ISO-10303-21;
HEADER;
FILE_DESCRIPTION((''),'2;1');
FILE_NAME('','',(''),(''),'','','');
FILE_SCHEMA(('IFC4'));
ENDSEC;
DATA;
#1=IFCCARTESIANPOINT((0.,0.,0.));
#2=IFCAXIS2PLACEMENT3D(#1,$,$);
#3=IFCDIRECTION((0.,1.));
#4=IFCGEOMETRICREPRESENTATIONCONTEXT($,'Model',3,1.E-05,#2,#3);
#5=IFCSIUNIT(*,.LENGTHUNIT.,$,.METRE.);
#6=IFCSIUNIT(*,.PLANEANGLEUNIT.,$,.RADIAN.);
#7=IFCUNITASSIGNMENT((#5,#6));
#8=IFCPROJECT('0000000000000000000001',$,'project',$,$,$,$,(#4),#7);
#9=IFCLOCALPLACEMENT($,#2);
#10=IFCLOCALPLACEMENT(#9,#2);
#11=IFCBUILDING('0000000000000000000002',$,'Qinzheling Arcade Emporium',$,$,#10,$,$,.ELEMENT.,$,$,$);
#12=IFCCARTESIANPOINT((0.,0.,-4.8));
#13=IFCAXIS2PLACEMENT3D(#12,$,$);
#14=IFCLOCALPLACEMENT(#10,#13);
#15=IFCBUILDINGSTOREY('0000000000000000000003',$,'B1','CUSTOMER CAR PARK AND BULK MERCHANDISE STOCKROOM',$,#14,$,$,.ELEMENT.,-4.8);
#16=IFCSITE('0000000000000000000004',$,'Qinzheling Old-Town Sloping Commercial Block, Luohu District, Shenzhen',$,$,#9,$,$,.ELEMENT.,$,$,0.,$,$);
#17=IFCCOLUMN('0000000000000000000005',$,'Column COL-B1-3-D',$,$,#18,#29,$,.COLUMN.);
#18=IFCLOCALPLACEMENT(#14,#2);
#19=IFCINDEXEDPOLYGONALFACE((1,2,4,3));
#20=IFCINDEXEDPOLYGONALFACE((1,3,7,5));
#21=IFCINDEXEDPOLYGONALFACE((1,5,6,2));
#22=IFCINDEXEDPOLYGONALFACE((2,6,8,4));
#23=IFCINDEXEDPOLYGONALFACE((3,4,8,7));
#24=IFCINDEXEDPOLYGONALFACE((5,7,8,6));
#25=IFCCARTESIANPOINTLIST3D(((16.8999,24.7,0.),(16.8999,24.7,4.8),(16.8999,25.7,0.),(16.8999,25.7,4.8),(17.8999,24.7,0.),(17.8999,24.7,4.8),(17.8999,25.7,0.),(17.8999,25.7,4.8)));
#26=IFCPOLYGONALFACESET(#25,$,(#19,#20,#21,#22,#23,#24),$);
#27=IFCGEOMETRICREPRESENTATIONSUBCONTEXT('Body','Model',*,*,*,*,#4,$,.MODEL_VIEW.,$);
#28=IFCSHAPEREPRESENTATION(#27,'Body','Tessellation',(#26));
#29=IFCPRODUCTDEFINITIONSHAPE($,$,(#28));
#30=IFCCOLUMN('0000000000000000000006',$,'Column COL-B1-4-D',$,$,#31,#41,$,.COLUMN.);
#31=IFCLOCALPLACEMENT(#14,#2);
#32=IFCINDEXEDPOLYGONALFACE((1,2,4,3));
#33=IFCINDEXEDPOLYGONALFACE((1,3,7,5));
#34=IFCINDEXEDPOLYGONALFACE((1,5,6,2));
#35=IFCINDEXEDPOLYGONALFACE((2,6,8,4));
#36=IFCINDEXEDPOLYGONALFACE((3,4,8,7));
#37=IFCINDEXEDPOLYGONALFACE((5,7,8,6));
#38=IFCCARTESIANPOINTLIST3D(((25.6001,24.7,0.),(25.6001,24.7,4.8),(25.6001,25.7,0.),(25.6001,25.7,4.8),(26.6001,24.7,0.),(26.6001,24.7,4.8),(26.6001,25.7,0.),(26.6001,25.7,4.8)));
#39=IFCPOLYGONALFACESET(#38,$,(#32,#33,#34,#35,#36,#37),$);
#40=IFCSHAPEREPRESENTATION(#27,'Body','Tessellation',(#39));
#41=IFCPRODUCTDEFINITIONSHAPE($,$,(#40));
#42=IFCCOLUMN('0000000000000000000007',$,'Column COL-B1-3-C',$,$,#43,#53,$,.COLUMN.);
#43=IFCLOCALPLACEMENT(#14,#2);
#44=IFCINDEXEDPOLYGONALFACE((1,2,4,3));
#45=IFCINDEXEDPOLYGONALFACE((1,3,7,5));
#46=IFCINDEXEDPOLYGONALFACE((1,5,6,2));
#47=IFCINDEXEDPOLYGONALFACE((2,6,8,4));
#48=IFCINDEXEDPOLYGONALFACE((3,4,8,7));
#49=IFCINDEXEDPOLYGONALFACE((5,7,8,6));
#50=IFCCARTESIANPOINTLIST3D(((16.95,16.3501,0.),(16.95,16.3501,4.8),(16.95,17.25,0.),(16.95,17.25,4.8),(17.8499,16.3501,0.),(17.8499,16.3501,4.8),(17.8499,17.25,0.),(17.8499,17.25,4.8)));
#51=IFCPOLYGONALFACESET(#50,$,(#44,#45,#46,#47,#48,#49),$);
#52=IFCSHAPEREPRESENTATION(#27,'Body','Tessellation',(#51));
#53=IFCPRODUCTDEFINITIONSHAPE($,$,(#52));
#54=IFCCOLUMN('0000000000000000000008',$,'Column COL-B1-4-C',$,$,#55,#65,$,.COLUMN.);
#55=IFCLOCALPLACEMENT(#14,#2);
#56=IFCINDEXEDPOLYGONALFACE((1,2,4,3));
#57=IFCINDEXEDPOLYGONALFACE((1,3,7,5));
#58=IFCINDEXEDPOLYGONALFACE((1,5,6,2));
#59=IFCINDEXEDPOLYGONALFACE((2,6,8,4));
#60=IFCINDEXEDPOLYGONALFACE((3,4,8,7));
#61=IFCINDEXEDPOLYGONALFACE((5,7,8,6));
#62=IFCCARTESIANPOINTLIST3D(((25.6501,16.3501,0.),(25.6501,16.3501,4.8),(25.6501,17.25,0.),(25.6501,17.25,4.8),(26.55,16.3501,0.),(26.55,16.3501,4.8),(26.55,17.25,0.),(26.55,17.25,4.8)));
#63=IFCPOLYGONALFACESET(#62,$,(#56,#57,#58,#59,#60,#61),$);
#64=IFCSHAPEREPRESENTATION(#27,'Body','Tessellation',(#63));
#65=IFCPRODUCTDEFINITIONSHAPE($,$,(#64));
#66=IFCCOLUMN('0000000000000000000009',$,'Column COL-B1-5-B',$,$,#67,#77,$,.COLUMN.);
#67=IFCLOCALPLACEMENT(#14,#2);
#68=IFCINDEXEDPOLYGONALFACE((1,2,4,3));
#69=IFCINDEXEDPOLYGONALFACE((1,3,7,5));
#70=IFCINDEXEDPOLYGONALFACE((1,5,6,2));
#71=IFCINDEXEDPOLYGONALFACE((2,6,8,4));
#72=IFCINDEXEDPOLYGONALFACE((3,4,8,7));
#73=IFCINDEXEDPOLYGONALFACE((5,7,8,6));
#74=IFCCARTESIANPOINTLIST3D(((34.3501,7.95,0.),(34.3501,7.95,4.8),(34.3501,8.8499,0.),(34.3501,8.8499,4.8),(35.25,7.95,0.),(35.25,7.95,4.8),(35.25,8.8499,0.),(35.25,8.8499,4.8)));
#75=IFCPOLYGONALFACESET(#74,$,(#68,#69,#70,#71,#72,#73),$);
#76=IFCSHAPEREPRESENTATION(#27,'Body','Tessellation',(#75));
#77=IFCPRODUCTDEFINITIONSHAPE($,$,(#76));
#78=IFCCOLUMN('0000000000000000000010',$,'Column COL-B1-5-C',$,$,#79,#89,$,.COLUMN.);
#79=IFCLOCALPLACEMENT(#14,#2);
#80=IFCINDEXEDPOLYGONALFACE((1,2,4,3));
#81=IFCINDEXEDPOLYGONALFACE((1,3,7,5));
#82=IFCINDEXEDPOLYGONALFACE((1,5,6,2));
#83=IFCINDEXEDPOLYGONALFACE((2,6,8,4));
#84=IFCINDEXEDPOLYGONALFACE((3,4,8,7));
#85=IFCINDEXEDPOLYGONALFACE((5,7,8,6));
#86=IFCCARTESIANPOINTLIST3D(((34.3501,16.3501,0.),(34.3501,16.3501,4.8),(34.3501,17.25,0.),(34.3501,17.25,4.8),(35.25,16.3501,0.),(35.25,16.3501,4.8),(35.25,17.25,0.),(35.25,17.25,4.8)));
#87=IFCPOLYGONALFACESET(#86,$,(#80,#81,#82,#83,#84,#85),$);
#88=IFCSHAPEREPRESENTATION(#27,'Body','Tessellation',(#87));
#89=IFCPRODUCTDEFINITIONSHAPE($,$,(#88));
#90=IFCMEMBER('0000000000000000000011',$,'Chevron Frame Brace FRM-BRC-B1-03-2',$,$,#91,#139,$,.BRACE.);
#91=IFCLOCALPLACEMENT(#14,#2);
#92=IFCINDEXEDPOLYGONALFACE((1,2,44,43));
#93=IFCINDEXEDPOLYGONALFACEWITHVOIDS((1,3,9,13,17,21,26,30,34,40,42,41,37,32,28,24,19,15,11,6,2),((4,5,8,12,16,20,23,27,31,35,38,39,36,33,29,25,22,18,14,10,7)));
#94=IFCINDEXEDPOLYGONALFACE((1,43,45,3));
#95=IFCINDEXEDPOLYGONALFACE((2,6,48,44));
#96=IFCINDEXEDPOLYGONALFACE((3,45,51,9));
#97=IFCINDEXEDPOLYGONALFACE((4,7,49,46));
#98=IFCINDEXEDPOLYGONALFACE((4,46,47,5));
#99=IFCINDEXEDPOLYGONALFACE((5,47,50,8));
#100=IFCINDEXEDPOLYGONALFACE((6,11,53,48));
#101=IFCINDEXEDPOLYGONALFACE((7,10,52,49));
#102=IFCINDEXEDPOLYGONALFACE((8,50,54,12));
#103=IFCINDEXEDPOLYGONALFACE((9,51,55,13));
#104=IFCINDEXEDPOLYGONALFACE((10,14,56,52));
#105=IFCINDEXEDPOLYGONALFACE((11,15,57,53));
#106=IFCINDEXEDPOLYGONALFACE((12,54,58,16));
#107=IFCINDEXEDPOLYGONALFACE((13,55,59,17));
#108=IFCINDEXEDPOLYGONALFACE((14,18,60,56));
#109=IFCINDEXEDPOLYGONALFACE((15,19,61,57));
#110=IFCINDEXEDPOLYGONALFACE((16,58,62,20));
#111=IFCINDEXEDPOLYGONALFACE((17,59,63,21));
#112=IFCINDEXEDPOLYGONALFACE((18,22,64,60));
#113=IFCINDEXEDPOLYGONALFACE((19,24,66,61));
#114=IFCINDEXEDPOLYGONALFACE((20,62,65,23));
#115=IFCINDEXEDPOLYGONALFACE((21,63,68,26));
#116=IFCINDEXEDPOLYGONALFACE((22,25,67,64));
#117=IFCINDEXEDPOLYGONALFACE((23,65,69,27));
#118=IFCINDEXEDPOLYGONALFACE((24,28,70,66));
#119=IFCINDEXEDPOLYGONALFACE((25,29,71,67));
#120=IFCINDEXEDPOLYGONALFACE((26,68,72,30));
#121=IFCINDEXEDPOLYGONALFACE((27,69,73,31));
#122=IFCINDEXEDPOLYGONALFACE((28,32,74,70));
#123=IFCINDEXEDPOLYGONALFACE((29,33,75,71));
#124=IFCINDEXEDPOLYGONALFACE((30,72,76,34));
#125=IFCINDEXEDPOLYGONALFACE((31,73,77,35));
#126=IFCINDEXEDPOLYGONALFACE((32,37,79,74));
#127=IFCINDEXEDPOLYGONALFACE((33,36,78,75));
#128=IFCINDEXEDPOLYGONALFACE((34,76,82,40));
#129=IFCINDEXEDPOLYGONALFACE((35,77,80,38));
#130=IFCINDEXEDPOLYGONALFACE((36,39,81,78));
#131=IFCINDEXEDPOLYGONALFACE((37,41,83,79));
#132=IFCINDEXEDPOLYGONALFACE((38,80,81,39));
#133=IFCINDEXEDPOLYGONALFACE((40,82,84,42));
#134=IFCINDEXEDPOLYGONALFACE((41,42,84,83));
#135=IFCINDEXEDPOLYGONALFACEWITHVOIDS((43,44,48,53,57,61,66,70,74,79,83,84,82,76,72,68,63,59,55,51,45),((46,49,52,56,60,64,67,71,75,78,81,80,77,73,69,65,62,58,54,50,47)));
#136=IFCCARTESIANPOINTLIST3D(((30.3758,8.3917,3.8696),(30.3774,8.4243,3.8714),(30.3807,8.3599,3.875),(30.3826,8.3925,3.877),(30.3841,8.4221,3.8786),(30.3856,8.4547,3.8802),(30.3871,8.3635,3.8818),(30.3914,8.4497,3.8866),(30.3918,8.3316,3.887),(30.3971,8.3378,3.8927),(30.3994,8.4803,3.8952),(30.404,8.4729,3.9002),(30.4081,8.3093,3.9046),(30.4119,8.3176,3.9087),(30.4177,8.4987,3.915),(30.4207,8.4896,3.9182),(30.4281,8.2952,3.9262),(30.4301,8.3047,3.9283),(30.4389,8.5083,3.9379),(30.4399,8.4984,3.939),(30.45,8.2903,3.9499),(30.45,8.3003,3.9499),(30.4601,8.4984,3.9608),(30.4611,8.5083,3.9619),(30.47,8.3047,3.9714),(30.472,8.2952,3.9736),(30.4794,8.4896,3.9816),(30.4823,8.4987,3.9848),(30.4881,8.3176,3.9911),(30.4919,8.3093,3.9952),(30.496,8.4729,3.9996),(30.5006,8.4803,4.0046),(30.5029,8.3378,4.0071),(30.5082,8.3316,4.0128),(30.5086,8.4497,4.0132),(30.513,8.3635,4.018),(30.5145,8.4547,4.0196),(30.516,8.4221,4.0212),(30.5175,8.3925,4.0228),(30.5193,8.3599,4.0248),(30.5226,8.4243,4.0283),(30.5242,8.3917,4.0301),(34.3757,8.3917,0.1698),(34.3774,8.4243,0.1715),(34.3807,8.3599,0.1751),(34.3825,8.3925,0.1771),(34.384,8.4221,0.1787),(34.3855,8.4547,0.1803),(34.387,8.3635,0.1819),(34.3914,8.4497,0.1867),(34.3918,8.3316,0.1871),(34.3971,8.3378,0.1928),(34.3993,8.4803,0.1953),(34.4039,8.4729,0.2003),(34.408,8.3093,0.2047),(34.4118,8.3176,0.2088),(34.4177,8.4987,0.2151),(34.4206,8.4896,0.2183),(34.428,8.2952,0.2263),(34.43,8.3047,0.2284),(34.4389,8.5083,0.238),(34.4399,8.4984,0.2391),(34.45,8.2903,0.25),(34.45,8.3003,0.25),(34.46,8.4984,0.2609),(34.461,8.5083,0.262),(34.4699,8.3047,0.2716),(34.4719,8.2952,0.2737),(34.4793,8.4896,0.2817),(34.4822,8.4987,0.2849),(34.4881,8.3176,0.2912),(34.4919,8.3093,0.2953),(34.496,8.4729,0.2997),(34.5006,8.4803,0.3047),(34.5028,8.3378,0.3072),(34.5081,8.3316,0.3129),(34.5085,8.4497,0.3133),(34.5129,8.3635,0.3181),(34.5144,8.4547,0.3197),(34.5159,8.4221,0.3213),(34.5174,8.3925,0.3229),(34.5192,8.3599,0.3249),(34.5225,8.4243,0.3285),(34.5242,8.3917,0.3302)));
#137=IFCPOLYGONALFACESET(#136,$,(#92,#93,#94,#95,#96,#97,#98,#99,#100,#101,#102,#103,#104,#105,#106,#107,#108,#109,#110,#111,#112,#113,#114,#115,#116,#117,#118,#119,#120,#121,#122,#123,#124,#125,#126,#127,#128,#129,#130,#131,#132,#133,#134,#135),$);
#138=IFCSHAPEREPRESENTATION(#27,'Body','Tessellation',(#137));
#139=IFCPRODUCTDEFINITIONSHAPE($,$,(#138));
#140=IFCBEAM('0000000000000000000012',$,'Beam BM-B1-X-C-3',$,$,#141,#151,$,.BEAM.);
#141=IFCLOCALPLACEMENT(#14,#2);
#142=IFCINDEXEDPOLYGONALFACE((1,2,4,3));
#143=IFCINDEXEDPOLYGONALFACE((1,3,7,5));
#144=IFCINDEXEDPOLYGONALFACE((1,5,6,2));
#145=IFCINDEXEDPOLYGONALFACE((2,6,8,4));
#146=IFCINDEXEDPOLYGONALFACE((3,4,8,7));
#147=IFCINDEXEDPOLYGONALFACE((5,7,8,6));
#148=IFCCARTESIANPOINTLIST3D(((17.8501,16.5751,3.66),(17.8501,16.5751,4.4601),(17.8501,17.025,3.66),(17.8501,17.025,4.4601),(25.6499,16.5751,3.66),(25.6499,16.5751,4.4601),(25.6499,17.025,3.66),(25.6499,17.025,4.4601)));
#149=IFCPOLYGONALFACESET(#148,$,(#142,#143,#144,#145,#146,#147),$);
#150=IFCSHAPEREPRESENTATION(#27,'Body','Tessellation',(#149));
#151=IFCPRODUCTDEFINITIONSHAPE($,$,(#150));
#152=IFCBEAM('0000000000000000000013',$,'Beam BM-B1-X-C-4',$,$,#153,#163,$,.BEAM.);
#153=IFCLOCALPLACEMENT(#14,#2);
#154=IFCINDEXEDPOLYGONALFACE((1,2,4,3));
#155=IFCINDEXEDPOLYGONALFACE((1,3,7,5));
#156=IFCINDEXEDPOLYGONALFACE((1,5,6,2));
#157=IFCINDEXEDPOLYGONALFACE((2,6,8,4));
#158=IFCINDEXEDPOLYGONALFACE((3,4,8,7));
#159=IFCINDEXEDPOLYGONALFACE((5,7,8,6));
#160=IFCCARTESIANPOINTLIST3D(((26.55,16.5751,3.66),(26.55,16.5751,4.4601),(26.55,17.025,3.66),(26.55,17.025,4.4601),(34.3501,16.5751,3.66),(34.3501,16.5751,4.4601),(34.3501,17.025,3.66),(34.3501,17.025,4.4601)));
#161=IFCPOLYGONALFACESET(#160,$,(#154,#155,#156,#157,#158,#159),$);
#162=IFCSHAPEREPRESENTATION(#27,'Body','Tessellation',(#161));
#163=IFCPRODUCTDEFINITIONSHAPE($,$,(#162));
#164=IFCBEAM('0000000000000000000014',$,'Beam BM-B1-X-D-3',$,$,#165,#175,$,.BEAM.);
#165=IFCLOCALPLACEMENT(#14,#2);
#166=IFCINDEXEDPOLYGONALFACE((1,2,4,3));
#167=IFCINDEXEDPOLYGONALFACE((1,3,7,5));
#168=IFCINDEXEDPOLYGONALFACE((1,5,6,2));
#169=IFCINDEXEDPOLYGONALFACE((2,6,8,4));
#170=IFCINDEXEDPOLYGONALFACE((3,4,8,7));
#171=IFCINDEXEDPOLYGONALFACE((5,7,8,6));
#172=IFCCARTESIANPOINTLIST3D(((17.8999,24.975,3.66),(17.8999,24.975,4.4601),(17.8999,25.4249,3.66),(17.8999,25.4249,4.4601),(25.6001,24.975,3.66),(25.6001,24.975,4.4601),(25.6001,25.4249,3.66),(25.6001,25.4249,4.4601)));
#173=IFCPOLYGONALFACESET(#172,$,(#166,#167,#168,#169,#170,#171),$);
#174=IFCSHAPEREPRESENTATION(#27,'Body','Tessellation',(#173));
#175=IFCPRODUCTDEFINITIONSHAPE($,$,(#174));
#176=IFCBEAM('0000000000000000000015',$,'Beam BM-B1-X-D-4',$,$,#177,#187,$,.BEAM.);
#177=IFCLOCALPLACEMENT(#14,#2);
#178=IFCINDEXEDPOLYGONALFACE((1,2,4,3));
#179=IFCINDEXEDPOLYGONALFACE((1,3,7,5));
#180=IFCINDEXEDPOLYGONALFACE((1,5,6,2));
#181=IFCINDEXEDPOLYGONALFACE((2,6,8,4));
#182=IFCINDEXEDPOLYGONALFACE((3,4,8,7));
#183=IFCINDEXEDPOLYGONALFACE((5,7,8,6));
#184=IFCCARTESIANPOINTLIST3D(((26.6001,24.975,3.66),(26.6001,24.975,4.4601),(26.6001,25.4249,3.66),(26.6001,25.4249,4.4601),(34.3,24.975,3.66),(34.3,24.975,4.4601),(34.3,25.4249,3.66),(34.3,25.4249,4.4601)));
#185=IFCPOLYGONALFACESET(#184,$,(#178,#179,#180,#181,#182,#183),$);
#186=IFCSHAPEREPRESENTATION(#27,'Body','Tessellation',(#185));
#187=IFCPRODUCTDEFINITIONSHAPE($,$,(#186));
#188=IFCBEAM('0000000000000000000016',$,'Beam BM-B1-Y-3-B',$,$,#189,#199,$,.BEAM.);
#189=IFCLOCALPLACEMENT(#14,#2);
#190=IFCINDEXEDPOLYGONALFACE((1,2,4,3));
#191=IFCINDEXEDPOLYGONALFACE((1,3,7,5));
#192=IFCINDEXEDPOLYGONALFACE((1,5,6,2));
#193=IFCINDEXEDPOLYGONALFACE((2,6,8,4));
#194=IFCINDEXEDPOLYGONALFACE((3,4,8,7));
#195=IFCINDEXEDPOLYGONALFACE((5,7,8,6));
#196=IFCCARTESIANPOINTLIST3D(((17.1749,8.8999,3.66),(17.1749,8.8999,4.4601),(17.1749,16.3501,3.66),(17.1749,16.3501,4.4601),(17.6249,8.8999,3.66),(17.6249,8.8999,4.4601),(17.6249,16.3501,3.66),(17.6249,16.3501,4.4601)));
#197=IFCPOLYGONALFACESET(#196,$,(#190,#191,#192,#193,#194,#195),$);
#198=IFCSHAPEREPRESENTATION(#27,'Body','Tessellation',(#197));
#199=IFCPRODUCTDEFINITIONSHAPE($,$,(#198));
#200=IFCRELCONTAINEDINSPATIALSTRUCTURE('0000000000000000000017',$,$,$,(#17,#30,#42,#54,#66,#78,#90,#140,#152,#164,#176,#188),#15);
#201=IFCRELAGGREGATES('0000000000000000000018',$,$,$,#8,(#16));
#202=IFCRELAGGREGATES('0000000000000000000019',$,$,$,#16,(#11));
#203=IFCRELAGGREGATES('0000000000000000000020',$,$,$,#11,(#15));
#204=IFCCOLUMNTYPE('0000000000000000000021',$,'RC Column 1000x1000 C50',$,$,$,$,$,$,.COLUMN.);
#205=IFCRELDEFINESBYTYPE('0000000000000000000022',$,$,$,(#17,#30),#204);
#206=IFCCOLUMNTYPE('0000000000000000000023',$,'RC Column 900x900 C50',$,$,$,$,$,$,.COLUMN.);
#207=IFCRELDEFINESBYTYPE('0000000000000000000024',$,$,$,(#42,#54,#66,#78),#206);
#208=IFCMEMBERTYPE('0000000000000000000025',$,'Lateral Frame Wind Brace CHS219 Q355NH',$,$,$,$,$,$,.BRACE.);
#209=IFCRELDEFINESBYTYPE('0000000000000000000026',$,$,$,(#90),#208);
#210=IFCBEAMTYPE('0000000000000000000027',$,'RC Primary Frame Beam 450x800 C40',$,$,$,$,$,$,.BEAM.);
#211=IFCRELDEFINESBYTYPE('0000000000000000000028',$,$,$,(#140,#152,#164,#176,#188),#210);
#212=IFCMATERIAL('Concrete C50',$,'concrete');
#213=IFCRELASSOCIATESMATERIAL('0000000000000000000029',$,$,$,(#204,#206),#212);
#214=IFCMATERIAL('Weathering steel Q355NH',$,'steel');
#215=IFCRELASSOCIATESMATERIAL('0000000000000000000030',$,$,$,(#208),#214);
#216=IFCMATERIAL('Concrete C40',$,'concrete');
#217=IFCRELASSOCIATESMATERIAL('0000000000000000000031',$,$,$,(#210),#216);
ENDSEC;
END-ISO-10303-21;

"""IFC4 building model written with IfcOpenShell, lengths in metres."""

from ifc_helpers import new_model, si_unit, direction, frame, origin, origin_2d, place, context, subcontext, project, spatial, rectangle, hollow_circle, extrude, material, material_profile, profile_set, type_object, element, save


model = new_model("IFC4")

# Units and contexts
model_context = context("Model", 3, precision=1e-05, world=origin(), true_north=direction((0.0, 1.0)))
body_context = subcontext(model_context, "Body", "Model", "MODEL_VIEW")
ifc_project = project(units=[si_unit("LENGTHUNIT", "METRE"), si_unit("PLANEANGLEUNIT", "RADIAN")], contexts=[model_context])

# Site, building, storey
site_placement = place(None, origin())
site = spatial("IfcSite", under=ifc_project, at=site_placement, Name="Qinzheling Old-Town Sloping Commercial Block, Luohu District, Shenzhen", CompositionType="ELEMENT", RefElevation=0.0)
building_placement = place(site_placement, origin())
building = spatial("IfcBuilding", under=site, at=building_placement, Name="Qinzheling Arcade Emporium", CompositionType="ELEMENT")
storey_placement = place(building_placement, frame((0.0, 0.0, -4.8)))
storey = spatial("IfcBuildingStorey", under=building, at=storey_placement, Name="B1", Description="CUSTOMER CAR PARK AND BULK MERCHANDISE STOCKROOM", CompositionType="ELEMENT", Elevation=-4.8)

# Columns
ifc_material_1 = material(Name="Concrete C50", Category="concrete")
ifc_material_profile_1 = material_profile(ifc_material_1, rectangle(XDim=1.0, YDim=1.0, at=origin_2d()), Name="RC 1000x1000", Category="concrete")
ifc_profile_set_1 = profile_set([ifc_material_profile_1], Name="Concrete C50")
column_type_1 = type_object("IfcColumnType", Name="RC Column 1000x1000 C50", PredefinedType="COLUMN", material=ifc_profile_set_1)
for number, where, z_axis, x_axis, name in (
    (1, (17.3999, 25.2, 0.0), (0.0, 0.0, 1.0), (1.0, 0.0, 0.0), "Column COL-B1-3-D"),
    (2, (26.1001, 25.2, 0.0), (0.0, 0.0, 1.0), (1.0, 0.0, 0.0), "Column COL-B1-4-D"),
):
    element("IfcColumn", number, at=place(storey_placement, frame(where, z_axis=z_axis, x_axis=x_axis)), inside=storey, type_object=column_type_1, Name=name, PredefinedType="COLUMN", context=body_context, shape_type="SweptSolid", body=[
        extrude(rectangle(XDim=1.0, YDim=1.0, at=origin_2d()), origin(), (0.0, 0.0, 1.0), 4.8),
    ])
ifc_material_profile_2 = material_profile(ifc_material_1, rectangle(XDim=0.8999, YDim=0.8999, at=origin_2d()), Name="RC 900x900", Category="concrete")
ifc_profile_set_2 = profile_set([ifc_material_profile_2], Name="Concrete C50")
column_type_2 = type_object("IfcColumnType", Name="RC Column 900x900 C50", PredefinedType="COLUMN", material=ifc_profile_set_2)
for number, where, z_axis, x_axis, name in (
    (3, (17.3999, 16.8, 0.0), (0.0, 0.0, 1.0), (1.0, 0.0, 0.0), "Column COL-B1-3-C"),
    (4, (26.1001, 16.8, 0.0), (0.0, 0.0, 1.0), (1.0, 0.0, 0.0), "Column COL-B1-4-C"),
    (5, (34.8, 8.3999, 0.0), (0.0, 0.0, 1.0), (1.0, 0.0, 0.0), "Column COL-B1-5-B"),
    (6, (34.8, 16.8, 0.0), (0.0, 0.0, 1.0), (1.0, 0.0, 0.0), "Column COL-B1-5-C"),
):
    element("IfcColumn", number, at=place(storey_placement, frame(where, z_axis=z_axis, x_axis=x_axis)), inside=storey, type_object=column_type_2, Name=name, PredefinedType="COLUMN", context=body_context, shape_type="SweptSolid", body=[
        extrude(rectangle(XDim=0.8999, YDim=0.8999, at=origin_2d()), origin(), (0.0, 0.0, 1.0), 4.8),
    ])

# Member
ifc_material_2 = material(Name="Weathering steel Q355NH", Category="steel")
ifc_material_profile_3 = material_profile(ifc_material_2, hollow_circle(Radius=0.1096, WallThickness=0.01, at=origin_2d()), Name="CHS 219x10", Category="steel")
ifc_profile_set_3 = profile_set([ifc_material_profile_3], Name="Weathering steel Q355NH")
member_type = type_object("IfcMemberType", Name="Lateral Frame Wind Brace CHS219 Q355NH", PredefinedType="BRACE", material=ifc_profile_set_3)
member_placement = place(storey_placement, frame((34.45, 8.3999, 0.25), z_axis=(-0.734104, 0.0, 0.679037), x_axis=(0.0, -1.0, 0.0)))
element("IfcMember", 7, at=member_placement, inside=storey, type_object=member_type, Name="Chevron Frame Brace FRM-BRC-B1-03-2", PredefinedType="BRACE", context=body_context, shape_type="SweptSolid", body=[
    extrude(hollow_circle(Radius=0.1096, WallThickness=0.01, at=origin_2d()), origin(), (0.0, 0.0, 1.0), 5.4487),
])

# Beams
ifc_material_3 = material(Name="Concrete C40", Category="concrete")
ifc_material_profile_4 = material_profile(ifc_material_3, rectangle(XDim=0.45, YDim=0.8, at=origin_2d()), Name="RC 450x800", Category="concrete")
ifc_profile_set_4 = profile_set([ifc_material_profile_4], Name="Concrete C40")
beam_type = type_object("IfcBeamType", Name="RC Primary Frame Beam 450x800 C40", PredefinedType="BEAM", material=ifc_profile_set_4)
beam_1_placement = place(storey_placement, frame((17.8501, 16.8, 4.0601), z_axis=(1.0, 0.0, 0.0), x_axis=(0.0, 1.0, 0.0)))
element("IfcBeam", 8, at=beam_1_placement, inside=storey, type_object=beam_type, Name="Beam BM-B1-X-C-3", PredefinedType="BEAM", context=body_context, shape_type="SweptSolid", body=[
    extrude(rectangle(XDim=0.45, YDim=0.8, at=origin_2d()), origin(), (0.0, 0.0, 1.0), 7.7998),
])
beam_2_placement = place(storey_placement, frame((26.55, 16.8, 4.0601), z_axis=(1.0, 0.0, 0.0), x_axis=(0.0, 1.0, 0.0)))
element("IfcBeam", 9, at=beam_2_placement, inside=storey, type_object=beam_type, Name="Beam BM-B1-X-C-4", PredefinedType="BEAM", context=body_context, shape_type="SweptSolid", body=[
    extrude(rectangle(XDim=0.45, YDim=0.8, at=origin_2d()), origin(), (0.0, 0.0, 1.0), 7.8),
])
beam_3_placement = place(storey_placement, frame((17.8999, 25.2, 4.0601), z_axis=(1.0, 0.0, 0.0), x_axis=(0.0, 1.0, 0.0)))
element("IfcBeam", 10, at=beam_3_placement, inside=storey, type_object=beam_type, Name="Beam BM-B1-X-D-3", PredefinedType="BEAM", context=body_context, shape_type="SweptSolid", body=[
    extrude(rectangle(XDim=0.45, YDim=0.8, at=origin_2d()), origin(), (0.0, 0.0, 1.0), 7.7002),
])
beam_4_placement = place(storey_placement, frame((26.6001, 25.2, 4.0601), z_axis=(1.0, 0.0, 0.0), x_axis=(0.0, 1.0, 0.0)))
element("IfcBeam", 11, at=beam_4_placement, inside=storey, type_object=beam_type, Name="Beam BM-B1-X-D-4", PredefinedType="BEAM", context=body_context, shape_type="SweptSolid", body=[
    extrude(rectangle(XDim=0.45, YDim=0.8, at=origin_2d()), origin(), (0.0, 0.0, 1.0), 7.7),
])
beam_5_placement = place(storey_placement, frame((17.3999, 8.8999, 4.0601), z_axis=(0.0, 1.0, 0.0), x_axis=(-1.0, 0.0, 0.0)))
element("IfcBeam", 12, at=beam_5_placement, inside=storey, type_object=beam_type, Name="Beam BM-B1-Y-3-B", PredefinedType="BEAM", context=body_context, shape_type="SweptSolid", body=[
    extrude(rectangle(XDim=0.45, YDim=0.8, at=origin_2d()), origin(), (0.0, 0.0, 1.0), 7.4502),
])

save(model, "model.ifc")
